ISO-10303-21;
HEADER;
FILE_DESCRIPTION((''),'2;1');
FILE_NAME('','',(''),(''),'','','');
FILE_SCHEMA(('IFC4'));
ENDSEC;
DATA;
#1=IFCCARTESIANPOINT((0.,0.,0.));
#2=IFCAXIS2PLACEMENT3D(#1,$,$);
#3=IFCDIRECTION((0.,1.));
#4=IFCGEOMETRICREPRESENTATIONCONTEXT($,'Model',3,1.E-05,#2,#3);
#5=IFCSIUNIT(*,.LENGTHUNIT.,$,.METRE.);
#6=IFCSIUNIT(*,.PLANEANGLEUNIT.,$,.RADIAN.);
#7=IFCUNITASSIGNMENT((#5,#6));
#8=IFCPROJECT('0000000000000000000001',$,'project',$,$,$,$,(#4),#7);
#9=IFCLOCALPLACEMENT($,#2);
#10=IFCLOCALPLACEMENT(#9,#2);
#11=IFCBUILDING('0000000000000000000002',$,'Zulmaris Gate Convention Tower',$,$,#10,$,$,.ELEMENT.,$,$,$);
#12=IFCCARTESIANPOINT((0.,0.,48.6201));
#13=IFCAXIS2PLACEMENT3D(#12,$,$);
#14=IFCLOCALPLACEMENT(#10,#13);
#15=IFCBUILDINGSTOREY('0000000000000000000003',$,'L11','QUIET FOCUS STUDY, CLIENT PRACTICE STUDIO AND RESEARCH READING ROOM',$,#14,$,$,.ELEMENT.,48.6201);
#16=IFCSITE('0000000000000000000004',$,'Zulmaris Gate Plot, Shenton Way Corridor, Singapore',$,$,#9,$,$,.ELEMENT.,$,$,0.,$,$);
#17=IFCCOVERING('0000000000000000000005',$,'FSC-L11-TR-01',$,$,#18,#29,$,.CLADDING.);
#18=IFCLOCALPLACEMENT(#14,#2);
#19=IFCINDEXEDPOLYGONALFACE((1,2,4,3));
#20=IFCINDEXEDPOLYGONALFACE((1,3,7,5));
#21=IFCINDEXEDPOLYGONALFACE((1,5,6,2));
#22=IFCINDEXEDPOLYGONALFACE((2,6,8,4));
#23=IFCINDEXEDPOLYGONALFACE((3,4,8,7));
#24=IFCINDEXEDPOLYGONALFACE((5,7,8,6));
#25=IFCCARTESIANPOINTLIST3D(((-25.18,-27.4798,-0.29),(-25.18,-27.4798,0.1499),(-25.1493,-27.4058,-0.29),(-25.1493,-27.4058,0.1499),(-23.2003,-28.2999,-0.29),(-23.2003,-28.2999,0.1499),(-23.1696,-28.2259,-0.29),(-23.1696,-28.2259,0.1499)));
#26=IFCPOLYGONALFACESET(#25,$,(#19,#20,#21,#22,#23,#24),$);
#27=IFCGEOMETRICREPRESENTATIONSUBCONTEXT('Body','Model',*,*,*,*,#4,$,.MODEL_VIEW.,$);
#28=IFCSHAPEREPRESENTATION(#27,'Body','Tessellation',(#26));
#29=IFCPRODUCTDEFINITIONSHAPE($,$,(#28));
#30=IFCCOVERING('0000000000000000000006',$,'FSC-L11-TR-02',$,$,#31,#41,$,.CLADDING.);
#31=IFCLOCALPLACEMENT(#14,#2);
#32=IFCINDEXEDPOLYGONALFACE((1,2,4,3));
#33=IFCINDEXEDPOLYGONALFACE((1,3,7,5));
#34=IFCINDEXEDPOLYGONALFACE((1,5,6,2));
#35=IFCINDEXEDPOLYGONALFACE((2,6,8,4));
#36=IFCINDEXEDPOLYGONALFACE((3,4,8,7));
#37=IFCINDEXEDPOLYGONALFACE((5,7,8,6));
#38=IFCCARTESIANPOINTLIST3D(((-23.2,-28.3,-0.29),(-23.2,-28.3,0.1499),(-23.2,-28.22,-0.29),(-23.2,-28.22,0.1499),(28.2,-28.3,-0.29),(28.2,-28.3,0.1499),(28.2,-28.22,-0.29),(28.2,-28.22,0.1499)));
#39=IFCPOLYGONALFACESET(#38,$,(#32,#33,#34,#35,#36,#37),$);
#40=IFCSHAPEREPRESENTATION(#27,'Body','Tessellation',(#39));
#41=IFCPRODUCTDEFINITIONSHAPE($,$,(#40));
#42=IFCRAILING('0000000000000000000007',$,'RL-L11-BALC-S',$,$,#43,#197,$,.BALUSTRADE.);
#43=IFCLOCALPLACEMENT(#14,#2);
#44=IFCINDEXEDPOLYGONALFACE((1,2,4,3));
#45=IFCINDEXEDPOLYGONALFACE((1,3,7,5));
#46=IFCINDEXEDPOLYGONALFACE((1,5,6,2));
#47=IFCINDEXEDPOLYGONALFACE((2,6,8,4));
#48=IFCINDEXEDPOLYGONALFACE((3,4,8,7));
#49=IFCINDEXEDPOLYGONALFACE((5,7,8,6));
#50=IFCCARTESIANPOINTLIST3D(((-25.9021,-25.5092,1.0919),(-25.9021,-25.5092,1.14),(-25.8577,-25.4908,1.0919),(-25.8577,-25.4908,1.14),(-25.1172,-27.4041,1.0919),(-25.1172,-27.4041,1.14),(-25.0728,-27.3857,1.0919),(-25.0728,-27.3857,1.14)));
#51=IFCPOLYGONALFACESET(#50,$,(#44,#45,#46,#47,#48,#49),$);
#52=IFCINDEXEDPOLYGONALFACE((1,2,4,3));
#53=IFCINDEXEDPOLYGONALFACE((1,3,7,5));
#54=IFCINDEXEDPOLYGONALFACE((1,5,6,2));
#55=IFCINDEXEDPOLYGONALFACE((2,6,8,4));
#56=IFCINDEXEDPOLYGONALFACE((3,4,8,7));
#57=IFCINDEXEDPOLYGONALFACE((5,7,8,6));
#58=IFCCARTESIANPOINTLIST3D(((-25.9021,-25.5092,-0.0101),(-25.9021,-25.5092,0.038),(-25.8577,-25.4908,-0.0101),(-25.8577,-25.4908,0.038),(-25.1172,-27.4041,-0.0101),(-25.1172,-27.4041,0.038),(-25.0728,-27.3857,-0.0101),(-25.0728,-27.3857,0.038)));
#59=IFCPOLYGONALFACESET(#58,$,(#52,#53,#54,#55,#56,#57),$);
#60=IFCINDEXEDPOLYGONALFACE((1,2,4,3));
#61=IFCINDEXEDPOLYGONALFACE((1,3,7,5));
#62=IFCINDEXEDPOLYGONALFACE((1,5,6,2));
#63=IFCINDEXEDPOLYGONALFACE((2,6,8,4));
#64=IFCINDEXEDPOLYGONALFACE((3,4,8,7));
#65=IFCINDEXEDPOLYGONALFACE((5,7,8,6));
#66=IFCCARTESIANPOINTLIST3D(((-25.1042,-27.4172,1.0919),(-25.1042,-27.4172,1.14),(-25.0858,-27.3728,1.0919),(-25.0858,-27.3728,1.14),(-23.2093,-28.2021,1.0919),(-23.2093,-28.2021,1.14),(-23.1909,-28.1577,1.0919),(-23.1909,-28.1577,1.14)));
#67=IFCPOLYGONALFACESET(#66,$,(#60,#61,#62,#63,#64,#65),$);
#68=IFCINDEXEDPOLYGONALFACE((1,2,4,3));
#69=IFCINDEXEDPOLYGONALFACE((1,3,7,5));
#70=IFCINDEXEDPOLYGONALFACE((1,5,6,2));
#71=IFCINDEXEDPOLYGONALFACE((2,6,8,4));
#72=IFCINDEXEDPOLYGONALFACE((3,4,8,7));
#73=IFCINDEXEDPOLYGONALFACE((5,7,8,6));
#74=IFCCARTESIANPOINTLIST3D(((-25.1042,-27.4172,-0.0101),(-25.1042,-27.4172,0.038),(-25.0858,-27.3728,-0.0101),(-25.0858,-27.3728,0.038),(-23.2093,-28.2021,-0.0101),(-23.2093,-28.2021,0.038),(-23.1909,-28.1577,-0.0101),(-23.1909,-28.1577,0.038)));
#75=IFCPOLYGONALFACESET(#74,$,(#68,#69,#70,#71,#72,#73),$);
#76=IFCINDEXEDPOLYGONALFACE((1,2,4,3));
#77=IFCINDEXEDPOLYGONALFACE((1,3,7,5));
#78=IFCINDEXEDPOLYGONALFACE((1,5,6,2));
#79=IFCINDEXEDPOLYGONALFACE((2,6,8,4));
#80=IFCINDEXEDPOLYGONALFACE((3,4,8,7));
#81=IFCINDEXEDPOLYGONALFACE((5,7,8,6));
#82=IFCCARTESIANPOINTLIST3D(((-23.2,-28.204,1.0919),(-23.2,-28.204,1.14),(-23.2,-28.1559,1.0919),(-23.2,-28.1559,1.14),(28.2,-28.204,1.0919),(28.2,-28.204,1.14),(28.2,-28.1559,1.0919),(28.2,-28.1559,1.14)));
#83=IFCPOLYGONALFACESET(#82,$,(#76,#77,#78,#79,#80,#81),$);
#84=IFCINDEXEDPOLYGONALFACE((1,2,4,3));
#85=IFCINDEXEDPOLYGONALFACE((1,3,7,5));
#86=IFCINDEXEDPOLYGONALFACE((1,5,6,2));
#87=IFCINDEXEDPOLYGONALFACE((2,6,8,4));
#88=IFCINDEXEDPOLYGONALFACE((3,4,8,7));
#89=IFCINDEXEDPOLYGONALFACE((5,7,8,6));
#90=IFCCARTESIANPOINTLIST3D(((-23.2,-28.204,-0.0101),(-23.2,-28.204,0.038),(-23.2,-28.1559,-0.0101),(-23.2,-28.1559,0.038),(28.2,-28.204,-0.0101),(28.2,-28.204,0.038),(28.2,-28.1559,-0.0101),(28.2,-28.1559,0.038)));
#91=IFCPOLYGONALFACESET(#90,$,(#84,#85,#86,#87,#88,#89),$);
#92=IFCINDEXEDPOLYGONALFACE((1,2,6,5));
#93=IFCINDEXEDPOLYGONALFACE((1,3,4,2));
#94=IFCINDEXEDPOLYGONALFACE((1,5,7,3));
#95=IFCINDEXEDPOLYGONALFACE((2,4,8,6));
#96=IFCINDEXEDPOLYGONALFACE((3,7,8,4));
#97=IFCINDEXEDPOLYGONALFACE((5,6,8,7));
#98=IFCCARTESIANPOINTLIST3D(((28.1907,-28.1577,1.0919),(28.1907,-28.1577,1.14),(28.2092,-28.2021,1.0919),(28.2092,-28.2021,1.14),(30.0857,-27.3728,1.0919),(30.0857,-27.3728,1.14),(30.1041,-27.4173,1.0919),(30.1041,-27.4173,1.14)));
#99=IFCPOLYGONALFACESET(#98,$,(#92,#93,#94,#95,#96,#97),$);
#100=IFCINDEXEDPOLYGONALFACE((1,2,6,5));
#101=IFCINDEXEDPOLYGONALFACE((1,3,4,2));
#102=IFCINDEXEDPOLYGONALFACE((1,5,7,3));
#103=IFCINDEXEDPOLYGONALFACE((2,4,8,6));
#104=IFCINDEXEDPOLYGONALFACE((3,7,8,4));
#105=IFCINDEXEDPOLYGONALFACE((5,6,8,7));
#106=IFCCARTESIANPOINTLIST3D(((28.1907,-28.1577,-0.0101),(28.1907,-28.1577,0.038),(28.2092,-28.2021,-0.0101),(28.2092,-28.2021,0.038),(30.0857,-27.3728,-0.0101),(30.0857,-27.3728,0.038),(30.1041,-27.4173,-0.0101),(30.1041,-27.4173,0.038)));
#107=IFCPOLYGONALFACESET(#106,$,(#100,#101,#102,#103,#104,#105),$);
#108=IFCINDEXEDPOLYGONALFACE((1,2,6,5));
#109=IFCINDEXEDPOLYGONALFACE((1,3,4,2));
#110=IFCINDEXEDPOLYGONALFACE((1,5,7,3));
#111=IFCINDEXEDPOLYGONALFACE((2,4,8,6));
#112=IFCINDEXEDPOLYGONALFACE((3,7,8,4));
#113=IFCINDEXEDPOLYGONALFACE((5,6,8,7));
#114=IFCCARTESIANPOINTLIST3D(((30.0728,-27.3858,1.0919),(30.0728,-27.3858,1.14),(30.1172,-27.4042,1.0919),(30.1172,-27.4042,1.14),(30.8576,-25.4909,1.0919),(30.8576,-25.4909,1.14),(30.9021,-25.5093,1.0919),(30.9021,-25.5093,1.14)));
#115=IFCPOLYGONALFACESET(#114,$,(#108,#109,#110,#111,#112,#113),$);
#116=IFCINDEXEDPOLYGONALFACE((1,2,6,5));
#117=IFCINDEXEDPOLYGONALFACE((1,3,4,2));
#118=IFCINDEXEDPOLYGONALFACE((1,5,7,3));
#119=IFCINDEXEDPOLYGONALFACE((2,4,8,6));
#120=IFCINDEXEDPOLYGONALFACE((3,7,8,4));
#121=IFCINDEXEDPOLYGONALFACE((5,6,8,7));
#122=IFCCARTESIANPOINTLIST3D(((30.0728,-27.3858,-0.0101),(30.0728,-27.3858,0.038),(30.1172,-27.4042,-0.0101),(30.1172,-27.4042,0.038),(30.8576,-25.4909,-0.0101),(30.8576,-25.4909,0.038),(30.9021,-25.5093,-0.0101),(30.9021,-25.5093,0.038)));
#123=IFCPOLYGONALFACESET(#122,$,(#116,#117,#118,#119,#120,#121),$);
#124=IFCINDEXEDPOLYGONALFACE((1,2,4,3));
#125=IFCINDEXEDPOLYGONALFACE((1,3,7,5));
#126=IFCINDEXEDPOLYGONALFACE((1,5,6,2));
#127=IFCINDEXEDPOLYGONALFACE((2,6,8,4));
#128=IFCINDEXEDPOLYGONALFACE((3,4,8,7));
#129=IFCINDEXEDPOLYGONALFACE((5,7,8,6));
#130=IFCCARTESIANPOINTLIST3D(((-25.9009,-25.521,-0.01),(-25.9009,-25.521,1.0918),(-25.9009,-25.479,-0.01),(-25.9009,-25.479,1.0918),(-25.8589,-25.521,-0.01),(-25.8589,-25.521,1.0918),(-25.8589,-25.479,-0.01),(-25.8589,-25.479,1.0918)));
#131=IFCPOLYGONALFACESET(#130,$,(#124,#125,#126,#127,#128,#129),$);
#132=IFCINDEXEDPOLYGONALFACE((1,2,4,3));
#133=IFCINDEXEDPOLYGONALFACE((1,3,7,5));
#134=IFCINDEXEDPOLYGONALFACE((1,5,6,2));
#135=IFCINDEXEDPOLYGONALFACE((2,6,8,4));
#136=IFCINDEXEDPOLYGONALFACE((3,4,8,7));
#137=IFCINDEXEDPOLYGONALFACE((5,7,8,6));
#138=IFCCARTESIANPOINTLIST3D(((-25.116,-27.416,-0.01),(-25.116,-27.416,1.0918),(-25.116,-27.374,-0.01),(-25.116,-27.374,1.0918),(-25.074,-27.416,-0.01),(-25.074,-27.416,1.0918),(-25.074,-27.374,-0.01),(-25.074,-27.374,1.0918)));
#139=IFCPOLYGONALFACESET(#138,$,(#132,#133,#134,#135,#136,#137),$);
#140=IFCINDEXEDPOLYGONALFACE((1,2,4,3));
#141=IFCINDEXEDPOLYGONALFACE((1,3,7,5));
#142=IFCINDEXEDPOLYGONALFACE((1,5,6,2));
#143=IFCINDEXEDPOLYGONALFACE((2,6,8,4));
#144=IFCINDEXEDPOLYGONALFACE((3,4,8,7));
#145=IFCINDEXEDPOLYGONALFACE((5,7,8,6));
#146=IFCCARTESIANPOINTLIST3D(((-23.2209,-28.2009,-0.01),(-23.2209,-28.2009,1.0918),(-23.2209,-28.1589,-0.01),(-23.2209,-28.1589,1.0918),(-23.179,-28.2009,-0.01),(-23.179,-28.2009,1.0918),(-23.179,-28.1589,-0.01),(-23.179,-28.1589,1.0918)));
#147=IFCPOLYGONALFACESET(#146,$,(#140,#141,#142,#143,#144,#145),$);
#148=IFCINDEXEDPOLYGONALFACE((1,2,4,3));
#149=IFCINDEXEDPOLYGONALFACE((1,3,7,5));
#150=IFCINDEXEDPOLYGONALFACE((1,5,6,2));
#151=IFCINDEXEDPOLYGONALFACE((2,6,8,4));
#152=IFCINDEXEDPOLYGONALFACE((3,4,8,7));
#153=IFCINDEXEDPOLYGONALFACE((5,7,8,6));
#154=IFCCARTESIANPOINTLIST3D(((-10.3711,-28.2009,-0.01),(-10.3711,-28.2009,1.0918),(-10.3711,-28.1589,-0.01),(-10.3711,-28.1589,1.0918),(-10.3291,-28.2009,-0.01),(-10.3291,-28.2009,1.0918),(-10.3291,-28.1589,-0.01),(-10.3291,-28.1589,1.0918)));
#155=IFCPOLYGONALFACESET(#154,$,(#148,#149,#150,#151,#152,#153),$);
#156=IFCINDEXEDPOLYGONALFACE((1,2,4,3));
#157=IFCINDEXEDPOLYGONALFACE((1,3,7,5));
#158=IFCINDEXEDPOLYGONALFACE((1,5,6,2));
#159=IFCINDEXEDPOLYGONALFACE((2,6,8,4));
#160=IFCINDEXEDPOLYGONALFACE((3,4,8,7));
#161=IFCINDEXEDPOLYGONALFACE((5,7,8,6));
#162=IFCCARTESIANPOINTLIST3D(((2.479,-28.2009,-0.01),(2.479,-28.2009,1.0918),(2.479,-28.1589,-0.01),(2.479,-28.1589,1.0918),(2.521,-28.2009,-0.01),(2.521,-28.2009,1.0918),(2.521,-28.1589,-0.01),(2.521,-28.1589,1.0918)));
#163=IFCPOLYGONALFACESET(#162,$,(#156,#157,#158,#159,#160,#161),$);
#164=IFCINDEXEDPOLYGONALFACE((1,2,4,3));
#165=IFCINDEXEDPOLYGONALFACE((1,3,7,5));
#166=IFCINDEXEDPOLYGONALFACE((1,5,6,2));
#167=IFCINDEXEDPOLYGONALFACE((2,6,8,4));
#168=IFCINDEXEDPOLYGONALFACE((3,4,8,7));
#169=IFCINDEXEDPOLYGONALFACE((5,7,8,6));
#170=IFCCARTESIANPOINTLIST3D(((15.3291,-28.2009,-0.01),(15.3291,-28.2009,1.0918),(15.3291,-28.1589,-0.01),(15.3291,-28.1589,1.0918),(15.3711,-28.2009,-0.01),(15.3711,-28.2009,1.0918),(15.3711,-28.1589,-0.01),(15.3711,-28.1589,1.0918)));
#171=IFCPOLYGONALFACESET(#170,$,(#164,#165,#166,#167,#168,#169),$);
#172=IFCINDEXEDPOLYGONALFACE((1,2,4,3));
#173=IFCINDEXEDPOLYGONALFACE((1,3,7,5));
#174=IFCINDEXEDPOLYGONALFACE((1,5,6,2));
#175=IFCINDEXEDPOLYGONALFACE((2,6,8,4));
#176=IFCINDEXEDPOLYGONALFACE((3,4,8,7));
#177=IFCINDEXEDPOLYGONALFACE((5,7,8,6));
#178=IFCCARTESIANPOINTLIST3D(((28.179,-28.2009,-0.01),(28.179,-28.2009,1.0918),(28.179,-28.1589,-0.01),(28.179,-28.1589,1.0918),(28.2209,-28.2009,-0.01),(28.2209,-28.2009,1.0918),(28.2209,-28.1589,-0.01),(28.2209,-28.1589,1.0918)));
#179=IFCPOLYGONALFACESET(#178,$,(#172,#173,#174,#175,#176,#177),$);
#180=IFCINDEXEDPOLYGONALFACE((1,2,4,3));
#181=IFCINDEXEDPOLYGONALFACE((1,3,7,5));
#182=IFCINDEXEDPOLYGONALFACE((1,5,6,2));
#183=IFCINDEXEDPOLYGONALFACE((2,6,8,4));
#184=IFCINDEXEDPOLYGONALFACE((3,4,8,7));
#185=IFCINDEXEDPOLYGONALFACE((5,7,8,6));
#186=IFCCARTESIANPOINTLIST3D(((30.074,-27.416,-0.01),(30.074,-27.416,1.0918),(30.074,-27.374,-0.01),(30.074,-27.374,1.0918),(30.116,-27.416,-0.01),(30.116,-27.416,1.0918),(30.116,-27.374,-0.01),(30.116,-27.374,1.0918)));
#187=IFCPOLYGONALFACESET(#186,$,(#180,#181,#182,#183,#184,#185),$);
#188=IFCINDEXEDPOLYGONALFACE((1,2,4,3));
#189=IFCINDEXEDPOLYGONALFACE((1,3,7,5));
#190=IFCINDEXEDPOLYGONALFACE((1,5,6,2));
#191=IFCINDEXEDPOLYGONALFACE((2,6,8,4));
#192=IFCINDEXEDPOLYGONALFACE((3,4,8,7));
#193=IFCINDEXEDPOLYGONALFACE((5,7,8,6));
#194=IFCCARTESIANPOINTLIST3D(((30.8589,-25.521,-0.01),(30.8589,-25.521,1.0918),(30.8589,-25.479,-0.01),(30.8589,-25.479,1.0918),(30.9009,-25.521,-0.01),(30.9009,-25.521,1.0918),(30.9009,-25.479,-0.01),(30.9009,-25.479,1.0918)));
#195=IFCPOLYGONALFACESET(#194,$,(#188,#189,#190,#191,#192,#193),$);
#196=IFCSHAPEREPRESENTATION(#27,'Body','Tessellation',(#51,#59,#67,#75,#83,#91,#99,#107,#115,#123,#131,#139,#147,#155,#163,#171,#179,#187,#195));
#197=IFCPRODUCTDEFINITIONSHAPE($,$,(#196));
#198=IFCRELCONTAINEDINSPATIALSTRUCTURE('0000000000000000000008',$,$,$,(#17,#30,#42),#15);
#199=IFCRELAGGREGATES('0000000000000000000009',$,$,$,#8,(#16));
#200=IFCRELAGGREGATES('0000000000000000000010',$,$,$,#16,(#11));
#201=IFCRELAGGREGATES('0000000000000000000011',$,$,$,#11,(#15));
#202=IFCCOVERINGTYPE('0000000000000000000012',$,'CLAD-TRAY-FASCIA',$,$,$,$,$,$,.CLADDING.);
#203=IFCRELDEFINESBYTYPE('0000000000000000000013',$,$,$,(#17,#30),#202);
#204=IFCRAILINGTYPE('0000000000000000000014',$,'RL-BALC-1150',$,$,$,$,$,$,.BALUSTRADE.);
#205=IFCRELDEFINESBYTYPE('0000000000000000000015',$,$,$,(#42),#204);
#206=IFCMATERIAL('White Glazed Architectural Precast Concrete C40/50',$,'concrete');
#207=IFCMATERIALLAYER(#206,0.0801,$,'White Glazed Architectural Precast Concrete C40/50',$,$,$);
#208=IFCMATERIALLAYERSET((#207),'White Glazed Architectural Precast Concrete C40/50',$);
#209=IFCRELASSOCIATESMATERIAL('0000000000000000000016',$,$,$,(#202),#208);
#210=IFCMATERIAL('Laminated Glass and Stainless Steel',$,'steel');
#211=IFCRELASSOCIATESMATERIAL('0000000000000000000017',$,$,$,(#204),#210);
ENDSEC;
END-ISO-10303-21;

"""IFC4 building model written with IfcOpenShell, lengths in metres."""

from ifc_helpers import new_model, si_unit, direction, frame, frame_2d, origin, origin_2d, place, context, subcontext, project, spatial, rectangle, extrude, material, layer, layer_set, type_object, element, save


model = new_model("IFC4")

# Units and contexts
model_context = context("Model", 3, precision=1e-05, world=origin(), true_north=direction((0.0, 1.0)))
body_context = subcontext(model_context, "Body", "Model", "MODEL_VIEW")
ifc_project = project(units=[si_unit("LENGTHUNIT", "METRE"), si_unit("PLANEANGLEUNIT", "RADIAN")], contexts=[model_context])

# Site, building, storey
site_placement = place(None, origin())
site = spatial("IfcSite", under=ifc_project, at=site_placement, Name="Zulmaris Gate Plot, Shenton Way Corridor, Singapore", CompositionType="ELEMENT", RefElevation=0.0)
building_placement = place(site_placement, origin())
building = spatial("IfcBuilding", under=site, at=building_placement, Name="Zulmaris Gate Convention Tower", CompositionType="ELEMENT")
storey_placement = place(building_placement, frame((0.0, 0.0, 48.6201)))
storey = spatial("IfcBuildingStorey", under=building, at=storey_placement, Name="L11", Description="QUIET FOCUS STUDY, CLIENT PRACTICE STUDIO AND RESEARCH READING ROOM", CompositionType="ELEMENT", Elevation=48.6201)

# Coverings
ifc_material_1 = material(Name="White Glazed Architectural Precast Concrete C40/50", Category="concrete")
ifc_layer_1 = layer(ifc_material_1, 0.0801, Name="White Glazed Architectural Precast Concrete C40/50")
ifc_layer_set_1 = layer_set([ifc_layer_1], Name="White Glazed Architectural Precast Concrete C40/50")
covering_type_1 = type_object("IfcCoveringType", Name="CLAD-TRAY-FASCIA", PredefinedType="CLADDING", material=ifc_layer_set_1)
covering_1_placement = place(storey_placement, frame((-25.1646, -27.4429, -0.29), z_axis=(0.0, 0.0, 1.0), x_axis=(0.923874, -0.382697, 0.0)))
element("IfcCovering", 1, at=covering_1_placement, inside=storey, type_object=covering_type_1, Name="FSC-L11-TR-01", PredefinedType="CLADDING", context=body_context, shape_type="SweptSolid", body=[
    extrude(rectangle(XDim=2.1428, YDim=0.0801, at=frame_2d((1.0713, 0.0))), origin(), (0.0, 0.0, 1.0), 0.4399),
])
covering_2_placement = place(storey_placement, frame((-23.2, -28.26, -0.29), z_axis=(0.0, 0.0, 1.0), x_axis=(1.0, 0.0, 0.0)))
element("IfcCovering", 2, at=covering_2_placement, inside=storey, type_object=covering_type_1, Name="FSC-L11-TR-02", PredefinedType="CLADDING", context=body_context, shape_type="SweptSolid", body=[
    extrude(rectangle(XDim=51.3999, YDim=0.0801, at=frame_2d((25.7, 0.0))), origin(), (0.0, 0.0, 1.0), 0.4399),
])

# Railing
ifc_material_2 = material(Name="Laminated Glass and Stainless Steel", Category="steel")
railing_type = type_object("IfcRailingType", Name="RL-BALC-1150", PredefinedType="BALUSTRADE", material=ifc_material_2)
railing_placement = place(storey_placement, frame((-25.8799, -25.5, -0.01)))
element("IfcRailing", 3, at=railing_placement, inside=storey, type_object=railing_type, Name="RL-L11-BALC-S", PredefinedType="BALUSTRADE", context=body_context, shape_type="SweptSolid", body=[
    extrude(rectangle(XDim=0.0481, YDim=0.0481, at=origin_2d()), frame((0.0, 0.0, 1.126), z_axis=(0.382671, -0.923885, 0.0), x_axis=(0.923885, 0.382671, 0.0)), (0.0, 0.0, 1.0), 2.051),
    extrude(rectangle(XDim=0.0481, YDim=0.0481, at=origin_2d()), frame((0.0, 0.0, 0.0239), z_axis=(0.382671, -0.923885, 0.0), x_axis=(0.923885, 0.382671, 0.0)), (0.0, 0.0, 1.0), 2.051),
    extrude(rectangle(XDim=0.0481, YDim=0.0481, at=origin_2d()), frame((0.7849, -1.895, 1.126), z_axis=(0.923885, -0.382671, 0.0), x_axis=(0.382671, 0.923885, 0.0)), (0.0, 0.0, 1.0), 2.051),
    extrude(rectangle(XDim=0.0481, YDim=0.0481, at=origin_2d()), frame((0.7849, -1.895, 0.0239), z_axis=(0.923885, -0.382671, 0.0), x_axis=(0.382671, 0.923885, 0.0)), (0.0, 0.0, 1.0), 2.051),
    extrude(rectangle(XDim=0.0481, YDim=0.0481, at=origin_2d()), frame((2.6799, -2.6799, 1.126), z_axis=(1.0, 0.0, 0.0), x_axis=(0.0, 1.0, 0.0)), (0.0, 0.0, 1.0), 51.3999),
    extrude(rectangle(XDim=0.0481, YDim=0.0481, at=origin_2d()), frame((2.6799, -2.6799, 0.0239), z_axis=(1.0, 0.0, 0.0), x_axis=(0.0, 1.0, 0.0)), (0.0, 0.0, 1.0), 51.3999),
    extrude(rectangle(XDim=0.0481, YDim=0.0481, at=origin_2d()), frame((54.0798, -2.6799, 1.126), z_axis=(0.923885, 0.382671, 0.0), x_axis=(-0.382671, 0.923885, 0.0)), (0.0, 0.0, 1.0), 2.051),
    extrude(rectangle(XDim=0.0481, YDim=0.0481, at=origin_2d()), frame((54.0798, -2.6799, 0.0239), z_axis=(0.923885, 0.382671, 0.0), x_axis=(-0.382671, 0.923885, 0.0)), (0.0, 0.0, 1.0), 2.051),
    extrude(rectangle(XDim=0.0481, YDim=0.0481, at=origin_2d()), frame((55.9749, -1.895, 1.126), z_axis=(0.382671, 0.923885, 0.0), x_axis=(-0.923885, 0.382671, 0.0)), (0.0, 0.0, 1.0), 2.051),
    extrude(rectangle(XDim=0.0481, YDim=0.0481, at=origin_2d()), frame((55.9749, -1.895, 0.0239), z_axis=(0.382671, 0.923885, 0.0), x_axis=(-0.923885, 0.382671, 0.0)), (0.0, 0.0, 1.0), 2.051),
    extrude(rectangle(XDim=0.042, YDim=0.042, at=origin_2d()), origin(), (0.0, 0.0, 1.0), 1.1018),
    extrude(rectangle(XDim=0.042, YDim=0.042, at=origin_2d()), frame((0.7849, -1.895, 0.0)), (0.0, 0.0, 1.0), 1.1018),
    extrude(rectangle(XDim=0.042, YDim=0.042, at=origin_2d()), frame((2.6799, -2.6799, 0.0)), (0.0, 0.0, 1.0), 1.1018),
    extrude(rectangle(XDim=0.042, YDim=0.042, at=origin_2d()), frame((15.5298, -2.6799, 0.0)), (0.0, 0.0, 1.0), 1.1018),
    extrude(rectangle(XDim=0.042, YDim=0.042, at=origin_2d()), frame((28.3799, -2.6799, 0.0)), (0.0, 0.0, 1.0), 1.1018),
    extrude(rectangle(XDim=0.042, YDim=0.042, at=origin_2d()), frame((41.23, -2.6799, 0.0)), (0.0, 0.0, 1.0), 1.1018),
    extrude(rectangle(XDim=0.042, YDim=0.042, at=origin_2d()), frame((54.0798, -2.6799, 0.0)), (0.0, 0.0, 1.0), 1.1018),
    extrude(rectangle(XDim=0.042, YDim=0.042, at=origin_2d()), frame((55.9749, -1.895, 0.0)), (0.0, 0.0, 1.0), 1.1018),
    extrude(rectangle(XDim=0.042, YDim=0.042, at=origin_2d()), frame((56.7598, 0.0, 0.0)), (0.0, 0.0, 1.0), 1.1018),
])

save(model, "model.ifc")
